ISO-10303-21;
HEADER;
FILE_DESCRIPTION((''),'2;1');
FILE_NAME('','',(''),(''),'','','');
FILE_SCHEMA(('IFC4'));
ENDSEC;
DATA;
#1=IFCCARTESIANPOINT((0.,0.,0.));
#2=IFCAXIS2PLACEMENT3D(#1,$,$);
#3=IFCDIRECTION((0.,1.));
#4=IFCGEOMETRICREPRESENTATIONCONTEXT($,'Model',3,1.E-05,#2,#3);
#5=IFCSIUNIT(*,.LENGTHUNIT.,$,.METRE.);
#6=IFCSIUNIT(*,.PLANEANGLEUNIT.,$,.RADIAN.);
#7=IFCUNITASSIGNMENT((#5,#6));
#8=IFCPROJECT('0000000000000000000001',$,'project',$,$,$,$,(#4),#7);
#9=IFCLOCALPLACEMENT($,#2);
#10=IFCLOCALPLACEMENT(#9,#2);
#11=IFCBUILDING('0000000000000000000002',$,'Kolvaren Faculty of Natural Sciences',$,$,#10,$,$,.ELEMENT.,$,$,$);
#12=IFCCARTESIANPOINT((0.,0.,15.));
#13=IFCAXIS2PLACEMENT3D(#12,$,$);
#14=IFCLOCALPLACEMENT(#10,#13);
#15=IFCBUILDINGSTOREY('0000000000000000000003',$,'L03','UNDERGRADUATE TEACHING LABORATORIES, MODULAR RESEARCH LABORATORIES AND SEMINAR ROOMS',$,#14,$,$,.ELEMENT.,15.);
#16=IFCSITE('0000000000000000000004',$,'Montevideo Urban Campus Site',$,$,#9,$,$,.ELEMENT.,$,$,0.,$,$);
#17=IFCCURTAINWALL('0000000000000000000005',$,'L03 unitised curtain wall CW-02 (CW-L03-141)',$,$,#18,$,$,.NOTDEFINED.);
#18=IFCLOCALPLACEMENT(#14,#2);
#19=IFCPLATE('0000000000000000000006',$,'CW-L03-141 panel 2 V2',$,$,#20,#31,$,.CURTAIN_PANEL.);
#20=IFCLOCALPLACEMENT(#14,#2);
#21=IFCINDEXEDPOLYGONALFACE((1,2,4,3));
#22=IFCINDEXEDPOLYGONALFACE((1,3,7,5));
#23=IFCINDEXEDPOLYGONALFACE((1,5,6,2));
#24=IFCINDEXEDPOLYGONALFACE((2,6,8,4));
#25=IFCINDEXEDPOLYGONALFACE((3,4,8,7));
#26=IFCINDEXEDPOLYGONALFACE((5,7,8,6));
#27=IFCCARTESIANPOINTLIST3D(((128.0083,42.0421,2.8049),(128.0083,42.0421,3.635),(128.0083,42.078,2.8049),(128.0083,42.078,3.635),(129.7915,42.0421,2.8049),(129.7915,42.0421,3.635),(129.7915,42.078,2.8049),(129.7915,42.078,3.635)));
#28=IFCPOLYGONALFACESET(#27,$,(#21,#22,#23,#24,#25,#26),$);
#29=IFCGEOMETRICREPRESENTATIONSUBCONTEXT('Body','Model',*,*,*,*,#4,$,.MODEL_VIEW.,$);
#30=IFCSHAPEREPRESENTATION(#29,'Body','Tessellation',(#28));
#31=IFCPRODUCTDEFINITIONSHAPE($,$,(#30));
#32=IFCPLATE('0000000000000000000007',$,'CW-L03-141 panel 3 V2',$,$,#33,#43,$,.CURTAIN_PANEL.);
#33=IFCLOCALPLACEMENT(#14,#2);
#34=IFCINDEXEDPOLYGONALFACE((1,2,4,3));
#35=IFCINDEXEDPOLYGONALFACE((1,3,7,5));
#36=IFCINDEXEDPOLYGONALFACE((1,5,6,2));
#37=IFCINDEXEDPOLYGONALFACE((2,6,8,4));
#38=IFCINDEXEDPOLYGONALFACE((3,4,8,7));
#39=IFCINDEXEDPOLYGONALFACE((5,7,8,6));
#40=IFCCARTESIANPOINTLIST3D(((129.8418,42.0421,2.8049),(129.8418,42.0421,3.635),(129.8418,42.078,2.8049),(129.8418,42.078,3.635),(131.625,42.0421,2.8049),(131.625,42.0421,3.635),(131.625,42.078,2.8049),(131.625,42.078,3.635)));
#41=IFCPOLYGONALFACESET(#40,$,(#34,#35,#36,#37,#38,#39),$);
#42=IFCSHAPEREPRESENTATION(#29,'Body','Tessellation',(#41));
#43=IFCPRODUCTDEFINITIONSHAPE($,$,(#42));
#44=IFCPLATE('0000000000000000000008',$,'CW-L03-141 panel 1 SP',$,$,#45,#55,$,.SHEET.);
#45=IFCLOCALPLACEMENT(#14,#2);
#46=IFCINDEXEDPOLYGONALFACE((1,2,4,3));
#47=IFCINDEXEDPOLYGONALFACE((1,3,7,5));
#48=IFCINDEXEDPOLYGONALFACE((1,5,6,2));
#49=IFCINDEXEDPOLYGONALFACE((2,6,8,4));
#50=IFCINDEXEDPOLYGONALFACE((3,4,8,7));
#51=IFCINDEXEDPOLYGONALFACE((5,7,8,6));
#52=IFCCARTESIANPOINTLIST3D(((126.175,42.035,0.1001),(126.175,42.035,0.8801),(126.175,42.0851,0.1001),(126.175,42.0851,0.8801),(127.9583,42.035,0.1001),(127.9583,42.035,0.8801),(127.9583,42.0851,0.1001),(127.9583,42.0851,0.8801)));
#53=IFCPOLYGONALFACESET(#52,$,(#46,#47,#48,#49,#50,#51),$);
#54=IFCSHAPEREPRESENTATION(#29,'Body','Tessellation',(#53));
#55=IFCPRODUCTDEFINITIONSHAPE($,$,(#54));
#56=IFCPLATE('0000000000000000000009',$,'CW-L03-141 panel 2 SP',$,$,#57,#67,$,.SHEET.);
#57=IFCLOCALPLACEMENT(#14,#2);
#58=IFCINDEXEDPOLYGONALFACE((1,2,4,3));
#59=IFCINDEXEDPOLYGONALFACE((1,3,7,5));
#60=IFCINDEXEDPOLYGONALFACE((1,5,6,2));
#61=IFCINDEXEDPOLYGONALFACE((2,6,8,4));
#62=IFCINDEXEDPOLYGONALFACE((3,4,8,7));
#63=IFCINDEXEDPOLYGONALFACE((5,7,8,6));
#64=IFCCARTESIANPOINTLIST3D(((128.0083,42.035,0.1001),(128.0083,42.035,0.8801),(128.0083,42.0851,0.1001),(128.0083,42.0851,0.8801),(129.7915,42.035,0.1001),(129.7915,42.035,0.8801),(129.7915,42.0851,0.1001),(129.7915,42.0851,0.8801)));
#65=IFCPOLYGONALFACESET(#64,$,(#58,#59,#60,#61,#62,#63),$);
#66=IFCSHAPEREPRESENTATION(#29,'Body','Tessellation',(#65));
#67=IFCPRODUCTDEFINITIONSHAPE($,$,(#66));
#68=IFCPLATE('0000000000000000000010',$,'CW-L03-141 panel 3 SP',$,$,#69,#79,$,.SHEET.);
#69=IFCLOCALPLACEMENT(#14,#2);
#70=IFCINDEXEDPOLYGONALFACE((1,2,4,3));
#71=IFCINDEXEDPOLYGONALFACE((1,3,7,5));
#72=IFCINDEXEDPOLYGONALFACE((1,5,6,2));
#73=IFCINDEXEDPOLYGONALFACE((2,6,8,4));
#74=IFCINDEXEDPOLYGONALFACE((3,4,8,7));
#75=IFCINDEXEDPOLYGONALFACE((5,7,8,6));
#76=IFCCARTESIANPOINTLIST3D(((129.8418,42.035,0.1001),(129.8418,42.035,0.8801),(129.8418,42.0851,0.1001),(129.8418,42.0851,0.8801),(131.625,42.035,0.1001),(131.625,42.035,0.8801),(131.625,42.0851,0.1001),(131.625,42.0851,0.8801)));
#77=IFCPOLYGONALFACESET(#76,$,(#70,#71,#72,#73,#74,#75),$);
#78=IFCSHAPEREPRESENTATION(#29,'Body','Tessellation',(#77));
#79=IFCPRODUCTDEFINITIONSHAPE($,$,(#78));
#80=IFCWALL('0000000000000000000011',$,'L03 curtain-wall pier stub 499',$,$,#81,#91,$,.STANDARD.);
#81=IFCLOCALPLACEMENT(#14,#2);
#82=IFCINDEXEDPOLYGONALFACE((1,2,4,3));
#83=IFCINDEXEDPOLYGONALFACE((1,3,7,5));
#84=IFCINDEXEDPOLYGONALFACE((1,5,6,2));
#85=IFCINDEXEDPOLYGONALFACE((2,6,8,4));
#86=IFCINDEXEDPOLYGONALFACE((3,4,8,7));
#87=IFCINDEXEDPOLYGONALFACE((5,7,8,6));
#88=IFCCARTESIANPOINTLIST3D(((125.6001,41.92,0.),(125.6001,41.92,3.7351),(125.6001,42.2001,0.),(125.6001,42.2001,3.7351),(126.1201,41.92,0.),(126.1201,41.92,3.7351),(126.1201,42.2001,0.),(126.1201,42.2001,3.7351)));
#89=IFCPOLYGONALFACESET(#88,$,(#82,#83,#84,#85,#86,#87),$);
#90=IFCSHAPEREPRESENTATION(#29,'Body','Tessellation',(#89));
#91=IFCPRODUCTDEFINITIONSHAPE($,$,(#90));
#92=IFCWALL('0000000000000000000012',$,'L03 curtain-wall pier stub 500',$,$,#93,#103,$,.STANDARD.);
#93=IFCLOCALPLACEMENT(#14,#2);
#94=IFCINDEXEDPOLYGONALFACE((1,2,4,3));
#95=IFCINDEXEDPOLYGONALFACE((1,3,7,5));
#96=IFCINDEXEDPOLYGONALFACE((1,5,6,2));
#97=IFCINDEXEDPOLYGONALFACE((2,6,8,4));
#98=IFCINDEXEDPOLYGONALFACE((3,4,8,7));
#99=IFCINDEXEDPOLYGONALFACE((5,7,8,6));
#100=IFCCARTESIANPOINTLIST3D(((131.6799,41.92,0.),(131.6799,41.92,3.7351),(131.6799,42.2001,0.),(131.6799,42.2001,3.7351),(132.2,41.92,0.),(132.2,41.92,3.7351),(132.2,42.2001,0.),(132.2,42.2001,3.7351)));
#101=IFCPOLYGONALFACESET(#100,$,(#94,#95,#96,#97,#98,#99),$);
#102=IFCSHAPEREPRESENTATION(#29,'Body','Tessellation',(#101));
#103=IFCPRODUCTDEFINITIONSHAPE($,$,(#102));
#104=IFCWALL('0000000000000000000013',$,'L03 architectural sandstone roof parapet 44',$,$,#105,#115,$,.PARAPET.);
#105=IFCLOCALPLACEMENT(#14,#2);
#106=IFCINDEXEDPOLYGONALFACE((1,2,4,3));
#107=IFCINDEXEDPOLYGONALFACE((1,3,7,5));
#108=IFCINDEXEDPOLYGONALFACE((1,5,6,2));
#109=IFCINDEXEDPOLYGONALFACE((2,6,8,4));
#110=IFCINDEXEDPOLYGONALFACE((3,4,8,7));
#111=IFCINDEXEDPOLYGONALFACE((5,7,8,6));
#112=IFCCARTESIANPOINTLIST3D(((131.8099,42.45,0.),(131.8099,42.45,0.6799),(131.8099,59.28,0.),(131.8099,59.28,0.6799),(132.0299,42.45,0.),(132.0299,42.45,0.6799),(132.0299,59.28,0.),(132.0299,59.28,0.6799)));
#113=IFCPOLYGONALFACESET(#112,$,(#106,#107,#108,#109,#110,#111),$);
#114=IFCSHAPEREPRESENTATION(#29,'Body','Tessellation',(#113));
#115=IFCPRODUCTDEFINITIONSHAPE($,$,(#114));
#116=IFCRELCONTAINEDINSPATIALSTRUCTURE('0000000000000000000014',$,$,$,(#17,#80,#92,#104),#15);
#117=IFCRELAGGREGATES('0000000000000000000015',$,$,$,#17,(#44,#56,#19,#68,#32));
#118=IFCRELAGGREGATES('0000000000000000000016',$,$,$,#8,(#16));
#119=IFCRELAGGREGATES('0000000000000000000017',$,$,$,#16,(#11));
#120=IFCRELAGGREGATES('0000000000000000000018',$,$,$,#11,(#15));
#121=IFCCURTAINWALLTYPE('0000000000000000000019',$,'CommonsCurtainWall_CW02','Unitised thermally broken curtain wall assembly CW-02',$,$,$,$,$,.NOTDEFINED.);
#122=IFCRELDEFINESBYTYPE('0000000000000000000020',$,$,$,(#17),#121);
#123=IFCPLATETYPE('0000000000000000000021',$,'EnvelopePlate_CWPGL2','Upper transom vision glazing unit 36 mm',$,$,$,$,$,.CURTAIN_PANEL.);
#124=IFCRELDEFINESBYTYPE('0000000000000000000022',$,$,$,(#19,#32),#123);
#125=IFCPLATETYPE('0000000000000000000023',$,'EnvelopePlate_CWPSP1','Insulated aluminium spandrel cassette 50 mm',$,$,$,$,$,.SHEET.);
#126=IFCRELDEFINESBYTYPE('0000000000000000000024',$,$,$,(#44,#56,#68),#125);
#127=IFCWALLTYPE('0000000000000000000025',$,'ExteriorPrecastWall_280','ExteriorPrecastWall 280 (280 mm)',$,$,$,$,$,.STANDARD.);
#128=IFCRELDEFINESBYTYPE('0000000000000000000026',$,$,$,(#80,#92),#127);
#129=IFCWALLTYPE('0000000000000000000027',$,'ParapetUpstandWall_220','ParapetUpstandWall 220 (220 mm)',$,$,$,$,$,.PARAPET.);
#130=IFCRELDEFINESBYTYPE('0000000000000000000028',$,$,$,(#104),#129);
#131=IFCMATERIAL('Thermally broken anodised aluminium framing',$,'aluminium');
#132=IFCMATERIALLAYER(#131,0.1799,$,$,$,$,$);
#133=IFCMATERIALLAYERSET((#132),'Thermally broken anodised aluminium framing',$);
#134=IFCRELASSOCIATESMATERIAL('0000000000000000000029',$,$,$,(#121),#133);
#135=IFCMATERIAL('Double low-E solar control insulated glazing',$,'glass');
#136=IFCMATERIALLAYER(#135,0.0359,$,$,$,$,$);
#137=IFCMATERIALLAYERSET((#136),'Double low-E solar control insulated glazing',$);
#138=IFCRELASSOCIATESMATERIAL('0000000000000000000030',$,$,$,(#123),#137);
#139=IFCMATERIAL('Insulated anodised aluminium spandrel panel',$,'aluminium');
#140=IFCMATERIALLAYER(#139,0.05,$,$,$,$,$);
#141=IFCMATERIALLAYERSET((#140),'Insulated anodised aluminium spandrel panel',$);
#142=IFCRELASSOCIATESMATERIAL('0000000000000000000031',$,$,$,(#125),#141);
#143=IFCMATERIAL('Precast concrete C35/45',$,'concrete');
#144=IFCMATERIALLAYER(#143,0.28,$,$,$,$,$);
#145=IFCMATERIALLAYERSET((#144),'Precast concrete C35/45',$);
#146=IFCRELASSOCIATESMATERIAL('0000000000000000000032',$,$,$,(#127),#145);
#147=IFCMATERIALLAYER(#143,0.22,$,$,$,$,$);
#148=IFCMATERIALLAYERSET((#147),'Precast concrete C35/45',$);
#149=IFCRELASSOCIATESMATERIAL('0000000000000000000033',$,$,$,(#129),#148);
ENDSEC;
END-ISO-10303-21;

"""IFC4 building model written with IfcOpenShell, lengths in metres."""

from ifc_helpers import new_model, si_unit, direction, frame, frame_2d, origin, origin_2d, place, context, subcontext, project, spatial, rectangle, extrude, material, layer, layer_set, type_object, element, aggregate, save


model = new_model("IFC4")

# Units and contexts
model_context = context("Model", 3, precision=1e-05, world=origin(), true_north=direction((0.0, 1.0)))
body_context = subcontext(model_context, "Body", "Model", "MODEL_VIEW")
ifc_project = project(units=[si_unit("LENGTHUNIT", "METRE"), si_unit("PLANEANGLEUNIT", "RADIAN")], contexts=[model_context])

# Site, building, storey
site_placement = place(None, origin())
site = spatial("IfcSite", under=ifc_project, at=site_placement, Name="Montevideo Urban Campus Site", CompositionType="ELEMENT", RefElevation=0.0)
building_placement = place(site_placement, origin())
building = spatial("IfcBuilding", under=site, at=building_placement, Name="Kolvaren Faculty of Natural Sciences", CompositionType="ELEMENT")
storey_placement = place(building_placement, frame((0.0, 0.0, 15.0)))
storey = spatial("IfcBuildingStorey", under=building, at=storey_placement, Name="L03", Description="UNDERGRADUATE TEACHING LABORATORIES, MODULAR RESEARCH LABORATORIES AND SEMINAR ROOMS", CompositionType="ELEMENT", Elevation=15.0)

# Curtain wall
ifc_material_1 = material(Name="Thermally broken anodised aluminium framing", Category="aluminium")
ifc_layer_1 = layer(ifc_material_1, 0.1799)
ifc_layer_set_1 = layer_set([ifc_layer_1], Name="Thermally broken anodised aluminium framing")
curtain_wall_type = type_object("IfcCurtainWallType", Name="CommonsCurtainWall_CW02", Description="Unitised thermally broken curtain wall assembly CW-02", PredefinedType="NOTDEFINED", material=ifc_layer_set_1)
curtain_wall_placement = place(storey_placement, origin())
curtain_wall = element("IfcCurtainWall", 1, at=curtain_wall_placement, inside=storey, type_object=curtain_wall_type, Name="L03 unitised curtain wall CW-02 (CW-L03-141)", PredefinedType="NOTDEFINED")

# Plates
ifc_material_2 = material(Name="Double low-E solar control insulated glazing", Category="glass")
ifc_layer_2 = layer(ifc_material_2, 0.0359)
ifc_layer_set_2 = layer_set([ifc_layer_2], Name="Double low-E solar control insulated glazing")
plate_type_1 = type_object("IfcPlateType", Name="EnvelopePlate_CWPGL2", Description="Upper transom vision glazing unit 36 mm", PredefinedType="CURTAIN_PANEL", material=ifc_layer_set_2)
plate_1_placement = place(storey_placement, frame((128.8999, 42.0601, 2.8049), z_axis=(0.0, 0.0, 1.0), x_axis=(1.0, 0.0, 0.0)))
plate_1 = element("IfcPlate", 2, at=plate_1_placement, type_object=plate_type_1, Name="CW-L03-141 panel 2 V2", PredefinedType="CURTAIN_PANEL", context=body_context, shape_type="SweptSolid", body=[
    extrude(rectangle(XDim=1.7832, YDim=0.0359, at=origin_2d()), origin(), (0.0, 0.0, 1.0), 0.8301),
])
plate_2_placement = place(storey_placement, frame((130.7334, 42.0601, 2.8049), z_axis=(0.0, 0.0, 1.0), x_axis=(1.0, 0.0, 0.0)))
plate_2 = element("IfcPlate", 3, at=plate_2_placement, type_object=plate_type_1, Name="CW-L03-141 panel 3 V2", PredefinedType="CURTAIN_PANEL", context=body_context, shape_type="SweptSolid", body=[
    extrude(rectangle(XDim=1.7832, YDim=0.0359, at=origin_2d()), origin(), (0.0, 0.0, 1.0), 0.8301),
])
ifc_material_3 = material(Name="Insulated anodised aluminium spandrel panel", Category="aluminium")
ifc_layer_3 = layer(ifc_material_3, 0.05)
ifc_layer_set_3 = layer_set([ifc_layer_3], Name="Insulated anodised aluminium spandrel panel")
plate_type_2 = type_object("IfcPlateType", Name="EnvelopePlate_CWPSP1", Description="Insulated aluminium spandrel cassette 50 mm", PredefinedType="SHEET", material=ifc_layer_set_3)
plate_3_placement = place(storey_placement, frame((127.0667, 42.0601, 0.1001), z_axis=(0.0, 0.0, 1.0), x_axis=(1.0, 0.0, 0.0)))
plate_3 = element("IfcPlate", 4, at=plate_3_placement, type_object=plate_type_2, Name="CW-L03-141 panel 1 SP", PredefinedType="SHEET", context=body_context, shape_type="SweptSolid", body=[
    extrude(rectangle(XDim=1.7832, YDim=0.05, at=origin_2d()), origin(), (0.0, 0.0, 1.0), 0.78),
])
plate_4_placement = place(storey_placement, frame((128.8999, 42.0601, 0.1001), z_axis=(0.0, 0.0, 1.0), x_axis=(1.0, 0.0, 0.0)))
plate_4 = element("IfcPlate", 5, at=plate_4_placement, type_object=plate_type_2, Name="CW-L03-141 panel 2 SP", PredefinedType="SHEET", context=body_context, shape_type="SweptSolid", body=[
    extrude(rectangle(XDim=1.7832, YDim=0.05, at=origin_2d()), origin(), (0.0, 0.0, 1.0), 0.78),
])
plate_5_placement = place(storey_placement, frame((130.7334, 42.0601, 0.1001), z_axis=(0.0, 0.0, 1.0), x_axis=(1.0, 0.0, 0.0)))
plate_5 = element("IfcPlate", 6, at=plate_5_placement, type_object=plate_type_2, Name="CW-L03-141 panel 3 SP", PredefinedType="SHEET", context=body_context, shape_type="SweptSolid", body=[
    extrude(rectangle(XDim=1.7832, YDim=0.05, at=origin_2d()), origin(), (0.0, 0.0, 1.0), 0.78),
])
aggregate(curtain_wall, [plate_3, plate_4, plate_1, plate_5, plate_2])

# Walls
ifc_material_4 = material(Name="Precast concrete C35/45", Category="concrete")
ifc_layer_4 = layer(ifc_material_4, 0.28)
ifc_layer_set_4 = layer_set([ifc_layer_4], Name="Precast concrete C35/45")
wall_type_1 = type_object("IfcWallType", Name="ExteriorPrecastWall_280", Description="ExteriorPrecastWall 280 (280 mm)", PredefinedType="STANDARD", material=ifc_layer_set_4)
for number, where, z_axis, x_axis, name in (
    (7, (125.6001, 42.0601, 0.0), (0.0, 0.0, 1.0), (1.0, 0.0, 0.0), "L03 curtain-wall pier stub 499"),
    (8, (131.6799, 42.0601, 0.0), (0.0, 0.0, 1.0), (1.0, 0.0, 0.0), "L03 curtain-wall pier stub 500"),
):
    element("IfcWall", number, at=place(storey_placement, frame(where, z_axis=z_axis, x_axis=x_axis)), inside=storey, type_object=wall_type_1, Name=name, PredefinedType="STANDARD", context=body_context, shape_type="SweptSolid", body=[
        extrude(rectangle(XDim=0.52, YDim=0.28, at=frame_2d((0.26, 0.0))), origin(), (0.0, 0.0, 1.0), 3.7351),
    ])
ifc_layer_5 = layer(ifc_material_4, 0.22)
ifc_layer_set_5 = layer_set([ifc_layer_5], Name="Precast concrete C35/45")
wall_type_2 = type_object("IfcWallType", Name="ParapetUpstandWall_220", Description="ParapetUpstandWall 220 (220 mm)", PredefinedType="PARAPET", material=ifc_layer_set_5)
wall_placement = place(storey_placement, frame((131.9199, 42.45, 0.0), z_axis=(0.0, 0.0, 1.0), x_axis=(0.0, 1.0, 0.0)))
element("IfcWall", 9, at=wall_placement, inside=storey, type_object=wall_type_2, Name="L03 architectural sandstone roof parapet 44", PredefinedType="PARAPET", context=body_context, shape_type="SweptSolid", body=[
    extrude(rectangle(XDim=16.8301, YDim=0.22, at=frame_2d((8.415, 0.0))), origin(), (0.0, 0.0, 1.0), 0.6799),
])

save(model, "model.ifc")
